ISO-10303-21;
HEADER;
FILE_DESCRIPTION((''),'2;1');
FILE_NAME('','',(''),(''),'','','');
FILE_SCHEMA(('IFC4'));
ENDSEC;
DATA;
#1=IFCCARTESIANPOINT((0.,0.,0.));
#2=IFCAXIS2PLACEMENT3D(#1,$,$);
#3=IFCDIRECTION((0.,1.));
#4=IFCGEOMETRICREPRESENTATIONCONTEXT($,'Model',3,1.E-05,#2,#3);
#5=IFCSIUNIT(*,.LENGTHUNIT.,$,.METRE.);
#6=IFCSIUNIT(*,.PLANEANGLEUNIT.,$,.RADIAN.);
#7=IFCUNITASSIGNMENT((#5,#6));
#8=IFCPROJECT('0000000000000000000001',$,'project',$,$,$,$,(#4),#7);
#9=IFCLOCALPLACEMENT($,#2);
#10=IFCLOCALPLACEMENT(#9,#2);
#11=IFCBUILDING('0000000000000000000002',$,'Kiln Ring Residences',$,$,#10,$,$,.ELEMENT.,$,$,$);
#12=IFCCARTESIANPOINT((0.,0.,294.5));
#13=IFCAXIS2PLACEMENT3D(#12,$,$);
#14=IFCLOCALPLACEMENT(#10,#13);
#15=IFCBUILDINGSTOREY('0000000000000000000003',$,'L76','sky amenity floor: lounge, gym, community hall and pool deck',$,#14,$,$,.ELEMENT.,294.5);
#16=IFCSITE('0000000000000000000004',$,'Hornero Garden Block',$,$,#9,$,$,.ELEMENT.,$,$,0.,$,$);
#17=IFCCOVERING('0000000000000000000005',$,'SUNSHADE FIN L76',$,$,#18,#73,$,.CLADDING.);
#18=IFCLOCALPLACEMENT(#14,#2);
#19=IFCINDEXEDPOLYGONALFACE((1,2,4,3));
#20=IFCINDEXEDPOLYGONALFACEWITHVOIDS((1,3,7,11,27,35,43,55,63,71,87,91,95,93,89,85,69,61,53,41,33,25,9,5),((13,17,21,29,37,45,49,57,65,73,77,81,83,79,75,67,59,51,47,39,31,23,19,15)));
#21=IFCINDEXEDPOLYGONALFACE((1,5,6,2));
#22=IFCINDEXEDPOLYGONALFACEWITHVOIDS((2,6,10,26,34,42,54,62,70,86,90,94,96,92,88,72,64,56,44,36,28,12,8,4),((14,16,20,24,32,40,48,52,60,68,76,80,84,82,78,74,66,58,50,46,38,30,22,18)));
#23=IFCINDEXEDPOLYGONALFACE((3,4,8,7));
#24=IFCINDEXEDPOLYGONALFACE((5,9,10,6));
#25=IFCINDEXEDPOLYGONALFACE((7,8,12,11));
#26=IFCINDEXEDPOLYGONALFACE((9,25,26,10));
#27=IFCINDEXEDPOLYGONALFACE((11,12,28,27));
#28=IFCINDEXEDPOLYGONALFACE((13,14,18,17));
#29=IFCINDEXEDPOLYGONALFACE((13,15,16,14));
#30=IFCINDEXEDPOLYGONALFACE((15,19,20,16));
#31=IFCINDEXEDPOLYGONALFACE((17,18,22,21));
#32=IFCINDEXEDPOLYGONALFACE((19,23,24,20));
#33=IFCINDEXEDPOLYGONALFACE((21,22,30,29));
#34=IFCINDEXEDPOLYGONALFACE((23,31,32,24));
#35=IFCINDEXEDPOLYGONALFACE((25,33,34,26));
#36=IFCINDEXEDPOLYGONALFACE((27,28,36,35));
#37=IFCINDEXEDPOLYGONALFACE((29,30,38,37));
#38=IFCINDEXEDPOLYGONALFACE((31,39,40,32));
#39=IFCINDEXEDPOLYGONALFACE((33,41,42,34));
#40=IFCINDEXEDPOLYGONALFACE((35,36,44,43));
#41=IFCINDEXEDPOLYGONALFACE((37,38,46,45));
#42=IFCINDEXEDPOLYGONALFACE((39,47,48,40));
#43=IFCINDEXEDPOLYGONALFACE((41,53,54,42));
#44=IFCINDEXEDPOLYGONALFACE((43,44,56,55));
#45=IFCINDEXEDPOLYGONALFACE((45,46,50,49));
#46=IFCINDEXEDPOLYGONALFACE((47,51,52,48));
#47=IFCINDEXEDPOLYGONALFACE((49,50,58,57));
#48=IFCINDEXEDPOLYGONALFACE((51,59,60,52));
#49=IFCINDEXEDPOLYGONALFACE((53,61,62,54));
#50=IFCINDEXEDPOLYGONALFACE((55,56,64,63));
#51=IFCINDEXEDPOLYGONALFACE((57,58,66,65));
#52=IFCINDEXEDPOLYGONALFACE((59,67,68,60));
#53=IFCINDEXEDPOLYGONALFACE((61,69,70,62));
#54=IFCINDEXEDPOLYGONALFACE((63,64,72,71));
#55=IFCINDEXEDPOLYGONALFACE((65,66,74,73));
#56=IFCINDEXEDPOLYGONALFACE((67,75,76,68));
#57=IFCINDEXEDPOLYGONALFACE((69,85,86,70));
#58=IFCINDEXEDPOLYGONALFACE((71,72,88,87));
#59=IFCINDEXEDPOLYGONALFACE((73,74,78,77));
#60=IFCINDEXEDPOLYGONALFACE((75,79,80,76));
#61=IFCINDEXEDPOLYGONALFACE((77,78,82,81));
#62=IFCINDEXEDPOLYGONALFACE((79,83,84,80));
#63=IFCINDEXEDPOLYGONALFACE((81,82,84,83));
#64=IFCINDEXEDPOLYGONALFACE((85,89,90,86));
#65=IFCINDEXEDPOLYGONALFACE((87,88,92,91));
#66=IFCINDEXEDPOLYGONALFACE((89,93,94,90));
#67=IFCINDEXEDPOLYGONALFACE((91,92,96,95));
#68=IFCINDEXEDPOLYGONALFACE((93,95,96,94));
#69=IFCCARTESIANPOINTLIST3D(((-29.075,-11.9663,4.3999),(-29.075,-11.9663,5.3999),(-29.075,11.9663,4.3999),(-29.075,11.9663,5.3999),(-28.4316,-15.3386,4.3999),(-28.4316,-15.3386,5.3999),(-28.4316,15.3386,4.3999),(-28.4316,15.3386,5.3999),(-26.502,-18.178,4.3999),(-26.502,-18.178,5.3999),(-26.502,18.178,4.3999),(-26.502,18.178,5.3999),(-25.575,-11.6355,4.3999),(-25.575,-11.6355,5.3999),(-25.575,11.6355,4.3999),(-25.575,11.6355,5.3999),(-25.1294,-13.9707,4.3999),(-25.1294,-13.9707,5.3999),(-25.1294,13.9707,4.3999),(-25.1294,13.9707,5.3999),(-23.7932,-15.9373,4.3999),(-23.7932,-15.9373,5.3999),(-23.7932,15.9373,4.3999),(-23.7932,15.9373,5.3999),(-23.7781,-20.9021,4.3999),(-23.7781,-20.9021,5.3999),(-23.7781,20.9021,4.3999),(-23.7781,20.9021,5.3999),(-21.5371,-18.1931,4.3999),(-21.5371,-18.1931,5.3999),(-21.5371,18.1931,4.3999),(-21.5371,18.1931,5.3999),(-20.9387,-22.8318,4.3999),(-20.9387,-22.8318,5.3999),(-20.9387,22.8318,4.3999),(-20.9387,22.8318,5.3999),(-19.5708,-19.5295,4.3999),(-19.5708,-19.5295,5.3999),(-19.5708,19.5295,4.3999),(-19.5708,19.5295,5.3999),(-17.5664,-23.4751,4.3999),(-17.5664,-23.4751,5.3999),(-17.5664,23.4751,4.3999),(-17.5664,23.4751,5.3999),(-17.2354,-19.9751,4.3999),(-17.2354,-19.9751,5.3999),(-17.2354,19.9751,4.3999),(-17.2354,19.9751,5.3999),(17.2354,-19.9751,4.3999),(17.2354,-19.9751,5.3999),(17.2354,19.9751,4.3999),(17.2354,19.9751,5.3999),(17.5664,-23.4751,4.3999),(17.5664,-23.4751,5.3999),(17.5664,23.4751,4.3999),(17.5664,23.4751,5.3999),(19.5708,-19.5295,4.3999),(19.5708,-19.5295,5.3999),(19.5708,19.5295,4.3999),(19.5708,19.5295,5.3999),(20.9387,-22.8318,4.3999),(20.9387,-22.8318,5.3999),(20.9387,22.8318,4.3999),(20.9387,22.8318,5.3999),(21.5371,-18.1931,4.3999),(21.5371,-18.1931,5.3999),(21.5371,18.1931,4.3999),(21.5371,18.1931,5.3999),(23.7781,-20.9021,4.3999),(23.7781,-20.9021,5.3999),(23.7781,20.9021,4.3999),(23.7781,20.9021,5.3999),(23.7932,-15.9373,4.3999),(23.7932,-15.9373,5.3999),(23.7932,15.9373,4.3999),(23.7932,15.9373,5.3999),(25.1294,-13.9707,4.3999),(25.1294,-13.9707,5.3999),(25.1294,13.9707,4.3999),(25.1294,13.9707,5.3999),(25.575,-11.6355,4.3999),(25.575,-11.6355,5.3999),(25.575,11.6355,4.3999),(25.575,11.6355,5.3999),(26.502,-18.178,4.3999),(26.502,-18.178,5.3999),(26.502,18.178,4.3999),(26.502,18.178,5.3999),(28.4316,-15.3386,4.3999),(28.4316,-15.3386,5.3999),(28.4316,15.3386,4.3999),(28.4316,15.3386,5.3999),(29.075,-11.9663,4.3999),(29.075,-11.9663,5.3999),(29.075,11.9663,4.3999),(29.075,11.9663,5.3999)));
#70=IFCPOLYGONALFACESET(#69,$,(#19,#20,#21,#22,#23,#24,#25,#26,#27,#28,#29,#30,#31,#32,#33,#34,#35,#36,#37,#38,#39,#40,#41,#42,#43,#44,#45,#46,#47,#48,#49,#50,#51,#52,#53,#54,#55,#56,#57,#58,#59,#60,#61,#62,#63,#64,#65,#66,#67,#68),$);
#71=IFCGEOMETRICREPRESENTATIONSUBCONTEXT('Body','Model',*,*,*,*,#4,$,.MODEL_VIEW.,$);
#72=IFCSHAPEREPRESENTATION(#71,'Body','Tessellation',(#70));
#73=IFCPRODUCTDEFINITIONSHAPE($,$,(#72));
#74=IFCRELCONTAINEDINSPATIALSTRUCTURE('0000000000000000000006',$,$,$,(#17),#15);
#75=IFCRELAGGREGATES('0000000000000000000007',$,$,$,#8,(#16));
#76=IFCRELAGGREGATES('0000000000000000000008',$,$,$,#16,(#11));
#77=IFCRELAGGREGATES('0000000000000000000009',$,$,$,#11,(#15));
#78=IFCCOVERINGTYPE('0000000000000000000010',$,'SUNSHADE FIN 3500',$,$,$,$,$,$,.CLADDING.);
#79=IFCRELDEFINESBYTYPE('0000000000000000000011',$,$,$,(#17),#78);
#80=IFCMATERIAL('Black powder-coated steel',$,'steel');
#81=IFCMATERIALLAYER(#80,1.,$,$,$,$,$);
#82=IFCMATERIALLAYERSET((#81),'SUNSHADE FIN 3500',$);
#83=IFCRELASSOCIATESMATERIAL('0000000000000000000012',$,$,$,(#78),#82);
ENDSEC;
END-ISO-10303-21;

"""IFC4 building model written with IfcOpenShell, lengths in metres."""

from ifc_helpers import new_model, si_unit, direction, frame, origin, place, context, subcontext, project, spatial, polyline, outline, extrude, material, layer, layer_set, type_object, element, save


model = new_model("IFC4")

# Units and contexts
model_context = context("Model", 3, precision=1e-05, world=origin(), true_north=direction((0.0, 1.0)))
body_context = subcontext(model_context, "Body", "Model", "MODEL_VIEW")
ifc_project = project(units=[si_unit("LENGTHUNIT", "METRE"), si_unit("PLANEANGLEUNIT", "RADIAN")], contexts=[model_context])

# Site, building, storey
site_placement = place(None, origin())
site = spatial("IfcSite", under=ifc_project, at=site_placement, Name="Hornero Garden Block", CompositionType="ELEMENT", RefElevation=0.0)
building_placement = place(site_placement, origin())
building = spatial("IfcBuilding", under=site, at=building_placement, Name="Kiln Ring Residences", CompositionType="ELEMENT")
storey_placement = place(building_placement, frame((0.0, 0.0, 294.5)))
storey = spatial("IfcBuildingStorey", under=building, at=storey_placement, Name="L76", Description="sky amenity floor: lounge, gym, community hall and pool deck", CompositionType="ELEMENT", Elevation=294.5)

# Covering
ifc_material_1 = material(Name="Black powder-coated steel", Category="steel")
ifc_layer_1 = layer(ifc_material_1, 1.0)
ifc_layer_set_1 = layer_set([ifc_layer_1], Name="SUNSHADE FIN 3500")
covering_type = type_object("IfcCoveringType", Name="SUNSHADE FIN 3500", PredefinedType="CLADDING", material=ifc_layer_set_1)
covering_placement = place(storey_placement, frame((0.0, 0.0, 4.3999)))
element("IfcCovering", 1, at=covering_placement, inside=storey, type_object=covering_type, Name="SUNSHADE FIN L76", PredefinedType="CLADDING", context=body_context, shape_type="SweptSolid", body=[
    extrude(outline(polyline([(-28.4316, -15.3386), (-26.502, -18.178), (-23.7781, -20.9021), (-20.9387, -22.8318), (-17.5664, -23.4751), (17.5664, -23.4751), (20.9387, -22.8318), (23.7781, -20.9021), (26.502, -18.178), (28.4316, -15.3386), (29.075, -11.9663), (29.075, 11.9663), (28.4316, 15.3386), (26.502, 18.178), (23.7781, 20.9021), (20.9387, 22.8318), (17.5664, 23.4751), (-17.5664, 23.4751), (-20.9387, 22.8318), (-23.7781, 20.9021), (-26.502, 18.178), (-28.4316, 15.3386), (-29.075, 11.9663), (-29.075, -11.9663), (-28.4316, -15.3386)]), holes=[polyline([(-21.5371, -18.1931), (-23.7932, -15.9373), (-25.1294, -13.9707), (-25.575, -11.6355), (-25.575, 11.6355), (-25.1294, 13.9707), (-23.7932, 15.9373), (-21.5371, 18.1931), (-19.5708, 19.5295), (-17.2354, 19.9751), (17.2354, 19.9751), (19.5708, 19.5295), (21.5371, 18.1931), (23.7932, 15.9373), (25.1294, 13.9707), (25.575, 11.6355), (25.575, -11.6355), (25.1294, -13.9707), (23.7932, -15.9373), (21.5371, -18.1931), (19.5708, -19.5295), (17.2354, -19.9751), (-17.2354, -19.9751), (-19.5708, -19.5295), (-21.5371, -18.1931)])]), origin(), (0.0, 0.0, 1.0), 1.0),
])

save(model, "model.ifc")
